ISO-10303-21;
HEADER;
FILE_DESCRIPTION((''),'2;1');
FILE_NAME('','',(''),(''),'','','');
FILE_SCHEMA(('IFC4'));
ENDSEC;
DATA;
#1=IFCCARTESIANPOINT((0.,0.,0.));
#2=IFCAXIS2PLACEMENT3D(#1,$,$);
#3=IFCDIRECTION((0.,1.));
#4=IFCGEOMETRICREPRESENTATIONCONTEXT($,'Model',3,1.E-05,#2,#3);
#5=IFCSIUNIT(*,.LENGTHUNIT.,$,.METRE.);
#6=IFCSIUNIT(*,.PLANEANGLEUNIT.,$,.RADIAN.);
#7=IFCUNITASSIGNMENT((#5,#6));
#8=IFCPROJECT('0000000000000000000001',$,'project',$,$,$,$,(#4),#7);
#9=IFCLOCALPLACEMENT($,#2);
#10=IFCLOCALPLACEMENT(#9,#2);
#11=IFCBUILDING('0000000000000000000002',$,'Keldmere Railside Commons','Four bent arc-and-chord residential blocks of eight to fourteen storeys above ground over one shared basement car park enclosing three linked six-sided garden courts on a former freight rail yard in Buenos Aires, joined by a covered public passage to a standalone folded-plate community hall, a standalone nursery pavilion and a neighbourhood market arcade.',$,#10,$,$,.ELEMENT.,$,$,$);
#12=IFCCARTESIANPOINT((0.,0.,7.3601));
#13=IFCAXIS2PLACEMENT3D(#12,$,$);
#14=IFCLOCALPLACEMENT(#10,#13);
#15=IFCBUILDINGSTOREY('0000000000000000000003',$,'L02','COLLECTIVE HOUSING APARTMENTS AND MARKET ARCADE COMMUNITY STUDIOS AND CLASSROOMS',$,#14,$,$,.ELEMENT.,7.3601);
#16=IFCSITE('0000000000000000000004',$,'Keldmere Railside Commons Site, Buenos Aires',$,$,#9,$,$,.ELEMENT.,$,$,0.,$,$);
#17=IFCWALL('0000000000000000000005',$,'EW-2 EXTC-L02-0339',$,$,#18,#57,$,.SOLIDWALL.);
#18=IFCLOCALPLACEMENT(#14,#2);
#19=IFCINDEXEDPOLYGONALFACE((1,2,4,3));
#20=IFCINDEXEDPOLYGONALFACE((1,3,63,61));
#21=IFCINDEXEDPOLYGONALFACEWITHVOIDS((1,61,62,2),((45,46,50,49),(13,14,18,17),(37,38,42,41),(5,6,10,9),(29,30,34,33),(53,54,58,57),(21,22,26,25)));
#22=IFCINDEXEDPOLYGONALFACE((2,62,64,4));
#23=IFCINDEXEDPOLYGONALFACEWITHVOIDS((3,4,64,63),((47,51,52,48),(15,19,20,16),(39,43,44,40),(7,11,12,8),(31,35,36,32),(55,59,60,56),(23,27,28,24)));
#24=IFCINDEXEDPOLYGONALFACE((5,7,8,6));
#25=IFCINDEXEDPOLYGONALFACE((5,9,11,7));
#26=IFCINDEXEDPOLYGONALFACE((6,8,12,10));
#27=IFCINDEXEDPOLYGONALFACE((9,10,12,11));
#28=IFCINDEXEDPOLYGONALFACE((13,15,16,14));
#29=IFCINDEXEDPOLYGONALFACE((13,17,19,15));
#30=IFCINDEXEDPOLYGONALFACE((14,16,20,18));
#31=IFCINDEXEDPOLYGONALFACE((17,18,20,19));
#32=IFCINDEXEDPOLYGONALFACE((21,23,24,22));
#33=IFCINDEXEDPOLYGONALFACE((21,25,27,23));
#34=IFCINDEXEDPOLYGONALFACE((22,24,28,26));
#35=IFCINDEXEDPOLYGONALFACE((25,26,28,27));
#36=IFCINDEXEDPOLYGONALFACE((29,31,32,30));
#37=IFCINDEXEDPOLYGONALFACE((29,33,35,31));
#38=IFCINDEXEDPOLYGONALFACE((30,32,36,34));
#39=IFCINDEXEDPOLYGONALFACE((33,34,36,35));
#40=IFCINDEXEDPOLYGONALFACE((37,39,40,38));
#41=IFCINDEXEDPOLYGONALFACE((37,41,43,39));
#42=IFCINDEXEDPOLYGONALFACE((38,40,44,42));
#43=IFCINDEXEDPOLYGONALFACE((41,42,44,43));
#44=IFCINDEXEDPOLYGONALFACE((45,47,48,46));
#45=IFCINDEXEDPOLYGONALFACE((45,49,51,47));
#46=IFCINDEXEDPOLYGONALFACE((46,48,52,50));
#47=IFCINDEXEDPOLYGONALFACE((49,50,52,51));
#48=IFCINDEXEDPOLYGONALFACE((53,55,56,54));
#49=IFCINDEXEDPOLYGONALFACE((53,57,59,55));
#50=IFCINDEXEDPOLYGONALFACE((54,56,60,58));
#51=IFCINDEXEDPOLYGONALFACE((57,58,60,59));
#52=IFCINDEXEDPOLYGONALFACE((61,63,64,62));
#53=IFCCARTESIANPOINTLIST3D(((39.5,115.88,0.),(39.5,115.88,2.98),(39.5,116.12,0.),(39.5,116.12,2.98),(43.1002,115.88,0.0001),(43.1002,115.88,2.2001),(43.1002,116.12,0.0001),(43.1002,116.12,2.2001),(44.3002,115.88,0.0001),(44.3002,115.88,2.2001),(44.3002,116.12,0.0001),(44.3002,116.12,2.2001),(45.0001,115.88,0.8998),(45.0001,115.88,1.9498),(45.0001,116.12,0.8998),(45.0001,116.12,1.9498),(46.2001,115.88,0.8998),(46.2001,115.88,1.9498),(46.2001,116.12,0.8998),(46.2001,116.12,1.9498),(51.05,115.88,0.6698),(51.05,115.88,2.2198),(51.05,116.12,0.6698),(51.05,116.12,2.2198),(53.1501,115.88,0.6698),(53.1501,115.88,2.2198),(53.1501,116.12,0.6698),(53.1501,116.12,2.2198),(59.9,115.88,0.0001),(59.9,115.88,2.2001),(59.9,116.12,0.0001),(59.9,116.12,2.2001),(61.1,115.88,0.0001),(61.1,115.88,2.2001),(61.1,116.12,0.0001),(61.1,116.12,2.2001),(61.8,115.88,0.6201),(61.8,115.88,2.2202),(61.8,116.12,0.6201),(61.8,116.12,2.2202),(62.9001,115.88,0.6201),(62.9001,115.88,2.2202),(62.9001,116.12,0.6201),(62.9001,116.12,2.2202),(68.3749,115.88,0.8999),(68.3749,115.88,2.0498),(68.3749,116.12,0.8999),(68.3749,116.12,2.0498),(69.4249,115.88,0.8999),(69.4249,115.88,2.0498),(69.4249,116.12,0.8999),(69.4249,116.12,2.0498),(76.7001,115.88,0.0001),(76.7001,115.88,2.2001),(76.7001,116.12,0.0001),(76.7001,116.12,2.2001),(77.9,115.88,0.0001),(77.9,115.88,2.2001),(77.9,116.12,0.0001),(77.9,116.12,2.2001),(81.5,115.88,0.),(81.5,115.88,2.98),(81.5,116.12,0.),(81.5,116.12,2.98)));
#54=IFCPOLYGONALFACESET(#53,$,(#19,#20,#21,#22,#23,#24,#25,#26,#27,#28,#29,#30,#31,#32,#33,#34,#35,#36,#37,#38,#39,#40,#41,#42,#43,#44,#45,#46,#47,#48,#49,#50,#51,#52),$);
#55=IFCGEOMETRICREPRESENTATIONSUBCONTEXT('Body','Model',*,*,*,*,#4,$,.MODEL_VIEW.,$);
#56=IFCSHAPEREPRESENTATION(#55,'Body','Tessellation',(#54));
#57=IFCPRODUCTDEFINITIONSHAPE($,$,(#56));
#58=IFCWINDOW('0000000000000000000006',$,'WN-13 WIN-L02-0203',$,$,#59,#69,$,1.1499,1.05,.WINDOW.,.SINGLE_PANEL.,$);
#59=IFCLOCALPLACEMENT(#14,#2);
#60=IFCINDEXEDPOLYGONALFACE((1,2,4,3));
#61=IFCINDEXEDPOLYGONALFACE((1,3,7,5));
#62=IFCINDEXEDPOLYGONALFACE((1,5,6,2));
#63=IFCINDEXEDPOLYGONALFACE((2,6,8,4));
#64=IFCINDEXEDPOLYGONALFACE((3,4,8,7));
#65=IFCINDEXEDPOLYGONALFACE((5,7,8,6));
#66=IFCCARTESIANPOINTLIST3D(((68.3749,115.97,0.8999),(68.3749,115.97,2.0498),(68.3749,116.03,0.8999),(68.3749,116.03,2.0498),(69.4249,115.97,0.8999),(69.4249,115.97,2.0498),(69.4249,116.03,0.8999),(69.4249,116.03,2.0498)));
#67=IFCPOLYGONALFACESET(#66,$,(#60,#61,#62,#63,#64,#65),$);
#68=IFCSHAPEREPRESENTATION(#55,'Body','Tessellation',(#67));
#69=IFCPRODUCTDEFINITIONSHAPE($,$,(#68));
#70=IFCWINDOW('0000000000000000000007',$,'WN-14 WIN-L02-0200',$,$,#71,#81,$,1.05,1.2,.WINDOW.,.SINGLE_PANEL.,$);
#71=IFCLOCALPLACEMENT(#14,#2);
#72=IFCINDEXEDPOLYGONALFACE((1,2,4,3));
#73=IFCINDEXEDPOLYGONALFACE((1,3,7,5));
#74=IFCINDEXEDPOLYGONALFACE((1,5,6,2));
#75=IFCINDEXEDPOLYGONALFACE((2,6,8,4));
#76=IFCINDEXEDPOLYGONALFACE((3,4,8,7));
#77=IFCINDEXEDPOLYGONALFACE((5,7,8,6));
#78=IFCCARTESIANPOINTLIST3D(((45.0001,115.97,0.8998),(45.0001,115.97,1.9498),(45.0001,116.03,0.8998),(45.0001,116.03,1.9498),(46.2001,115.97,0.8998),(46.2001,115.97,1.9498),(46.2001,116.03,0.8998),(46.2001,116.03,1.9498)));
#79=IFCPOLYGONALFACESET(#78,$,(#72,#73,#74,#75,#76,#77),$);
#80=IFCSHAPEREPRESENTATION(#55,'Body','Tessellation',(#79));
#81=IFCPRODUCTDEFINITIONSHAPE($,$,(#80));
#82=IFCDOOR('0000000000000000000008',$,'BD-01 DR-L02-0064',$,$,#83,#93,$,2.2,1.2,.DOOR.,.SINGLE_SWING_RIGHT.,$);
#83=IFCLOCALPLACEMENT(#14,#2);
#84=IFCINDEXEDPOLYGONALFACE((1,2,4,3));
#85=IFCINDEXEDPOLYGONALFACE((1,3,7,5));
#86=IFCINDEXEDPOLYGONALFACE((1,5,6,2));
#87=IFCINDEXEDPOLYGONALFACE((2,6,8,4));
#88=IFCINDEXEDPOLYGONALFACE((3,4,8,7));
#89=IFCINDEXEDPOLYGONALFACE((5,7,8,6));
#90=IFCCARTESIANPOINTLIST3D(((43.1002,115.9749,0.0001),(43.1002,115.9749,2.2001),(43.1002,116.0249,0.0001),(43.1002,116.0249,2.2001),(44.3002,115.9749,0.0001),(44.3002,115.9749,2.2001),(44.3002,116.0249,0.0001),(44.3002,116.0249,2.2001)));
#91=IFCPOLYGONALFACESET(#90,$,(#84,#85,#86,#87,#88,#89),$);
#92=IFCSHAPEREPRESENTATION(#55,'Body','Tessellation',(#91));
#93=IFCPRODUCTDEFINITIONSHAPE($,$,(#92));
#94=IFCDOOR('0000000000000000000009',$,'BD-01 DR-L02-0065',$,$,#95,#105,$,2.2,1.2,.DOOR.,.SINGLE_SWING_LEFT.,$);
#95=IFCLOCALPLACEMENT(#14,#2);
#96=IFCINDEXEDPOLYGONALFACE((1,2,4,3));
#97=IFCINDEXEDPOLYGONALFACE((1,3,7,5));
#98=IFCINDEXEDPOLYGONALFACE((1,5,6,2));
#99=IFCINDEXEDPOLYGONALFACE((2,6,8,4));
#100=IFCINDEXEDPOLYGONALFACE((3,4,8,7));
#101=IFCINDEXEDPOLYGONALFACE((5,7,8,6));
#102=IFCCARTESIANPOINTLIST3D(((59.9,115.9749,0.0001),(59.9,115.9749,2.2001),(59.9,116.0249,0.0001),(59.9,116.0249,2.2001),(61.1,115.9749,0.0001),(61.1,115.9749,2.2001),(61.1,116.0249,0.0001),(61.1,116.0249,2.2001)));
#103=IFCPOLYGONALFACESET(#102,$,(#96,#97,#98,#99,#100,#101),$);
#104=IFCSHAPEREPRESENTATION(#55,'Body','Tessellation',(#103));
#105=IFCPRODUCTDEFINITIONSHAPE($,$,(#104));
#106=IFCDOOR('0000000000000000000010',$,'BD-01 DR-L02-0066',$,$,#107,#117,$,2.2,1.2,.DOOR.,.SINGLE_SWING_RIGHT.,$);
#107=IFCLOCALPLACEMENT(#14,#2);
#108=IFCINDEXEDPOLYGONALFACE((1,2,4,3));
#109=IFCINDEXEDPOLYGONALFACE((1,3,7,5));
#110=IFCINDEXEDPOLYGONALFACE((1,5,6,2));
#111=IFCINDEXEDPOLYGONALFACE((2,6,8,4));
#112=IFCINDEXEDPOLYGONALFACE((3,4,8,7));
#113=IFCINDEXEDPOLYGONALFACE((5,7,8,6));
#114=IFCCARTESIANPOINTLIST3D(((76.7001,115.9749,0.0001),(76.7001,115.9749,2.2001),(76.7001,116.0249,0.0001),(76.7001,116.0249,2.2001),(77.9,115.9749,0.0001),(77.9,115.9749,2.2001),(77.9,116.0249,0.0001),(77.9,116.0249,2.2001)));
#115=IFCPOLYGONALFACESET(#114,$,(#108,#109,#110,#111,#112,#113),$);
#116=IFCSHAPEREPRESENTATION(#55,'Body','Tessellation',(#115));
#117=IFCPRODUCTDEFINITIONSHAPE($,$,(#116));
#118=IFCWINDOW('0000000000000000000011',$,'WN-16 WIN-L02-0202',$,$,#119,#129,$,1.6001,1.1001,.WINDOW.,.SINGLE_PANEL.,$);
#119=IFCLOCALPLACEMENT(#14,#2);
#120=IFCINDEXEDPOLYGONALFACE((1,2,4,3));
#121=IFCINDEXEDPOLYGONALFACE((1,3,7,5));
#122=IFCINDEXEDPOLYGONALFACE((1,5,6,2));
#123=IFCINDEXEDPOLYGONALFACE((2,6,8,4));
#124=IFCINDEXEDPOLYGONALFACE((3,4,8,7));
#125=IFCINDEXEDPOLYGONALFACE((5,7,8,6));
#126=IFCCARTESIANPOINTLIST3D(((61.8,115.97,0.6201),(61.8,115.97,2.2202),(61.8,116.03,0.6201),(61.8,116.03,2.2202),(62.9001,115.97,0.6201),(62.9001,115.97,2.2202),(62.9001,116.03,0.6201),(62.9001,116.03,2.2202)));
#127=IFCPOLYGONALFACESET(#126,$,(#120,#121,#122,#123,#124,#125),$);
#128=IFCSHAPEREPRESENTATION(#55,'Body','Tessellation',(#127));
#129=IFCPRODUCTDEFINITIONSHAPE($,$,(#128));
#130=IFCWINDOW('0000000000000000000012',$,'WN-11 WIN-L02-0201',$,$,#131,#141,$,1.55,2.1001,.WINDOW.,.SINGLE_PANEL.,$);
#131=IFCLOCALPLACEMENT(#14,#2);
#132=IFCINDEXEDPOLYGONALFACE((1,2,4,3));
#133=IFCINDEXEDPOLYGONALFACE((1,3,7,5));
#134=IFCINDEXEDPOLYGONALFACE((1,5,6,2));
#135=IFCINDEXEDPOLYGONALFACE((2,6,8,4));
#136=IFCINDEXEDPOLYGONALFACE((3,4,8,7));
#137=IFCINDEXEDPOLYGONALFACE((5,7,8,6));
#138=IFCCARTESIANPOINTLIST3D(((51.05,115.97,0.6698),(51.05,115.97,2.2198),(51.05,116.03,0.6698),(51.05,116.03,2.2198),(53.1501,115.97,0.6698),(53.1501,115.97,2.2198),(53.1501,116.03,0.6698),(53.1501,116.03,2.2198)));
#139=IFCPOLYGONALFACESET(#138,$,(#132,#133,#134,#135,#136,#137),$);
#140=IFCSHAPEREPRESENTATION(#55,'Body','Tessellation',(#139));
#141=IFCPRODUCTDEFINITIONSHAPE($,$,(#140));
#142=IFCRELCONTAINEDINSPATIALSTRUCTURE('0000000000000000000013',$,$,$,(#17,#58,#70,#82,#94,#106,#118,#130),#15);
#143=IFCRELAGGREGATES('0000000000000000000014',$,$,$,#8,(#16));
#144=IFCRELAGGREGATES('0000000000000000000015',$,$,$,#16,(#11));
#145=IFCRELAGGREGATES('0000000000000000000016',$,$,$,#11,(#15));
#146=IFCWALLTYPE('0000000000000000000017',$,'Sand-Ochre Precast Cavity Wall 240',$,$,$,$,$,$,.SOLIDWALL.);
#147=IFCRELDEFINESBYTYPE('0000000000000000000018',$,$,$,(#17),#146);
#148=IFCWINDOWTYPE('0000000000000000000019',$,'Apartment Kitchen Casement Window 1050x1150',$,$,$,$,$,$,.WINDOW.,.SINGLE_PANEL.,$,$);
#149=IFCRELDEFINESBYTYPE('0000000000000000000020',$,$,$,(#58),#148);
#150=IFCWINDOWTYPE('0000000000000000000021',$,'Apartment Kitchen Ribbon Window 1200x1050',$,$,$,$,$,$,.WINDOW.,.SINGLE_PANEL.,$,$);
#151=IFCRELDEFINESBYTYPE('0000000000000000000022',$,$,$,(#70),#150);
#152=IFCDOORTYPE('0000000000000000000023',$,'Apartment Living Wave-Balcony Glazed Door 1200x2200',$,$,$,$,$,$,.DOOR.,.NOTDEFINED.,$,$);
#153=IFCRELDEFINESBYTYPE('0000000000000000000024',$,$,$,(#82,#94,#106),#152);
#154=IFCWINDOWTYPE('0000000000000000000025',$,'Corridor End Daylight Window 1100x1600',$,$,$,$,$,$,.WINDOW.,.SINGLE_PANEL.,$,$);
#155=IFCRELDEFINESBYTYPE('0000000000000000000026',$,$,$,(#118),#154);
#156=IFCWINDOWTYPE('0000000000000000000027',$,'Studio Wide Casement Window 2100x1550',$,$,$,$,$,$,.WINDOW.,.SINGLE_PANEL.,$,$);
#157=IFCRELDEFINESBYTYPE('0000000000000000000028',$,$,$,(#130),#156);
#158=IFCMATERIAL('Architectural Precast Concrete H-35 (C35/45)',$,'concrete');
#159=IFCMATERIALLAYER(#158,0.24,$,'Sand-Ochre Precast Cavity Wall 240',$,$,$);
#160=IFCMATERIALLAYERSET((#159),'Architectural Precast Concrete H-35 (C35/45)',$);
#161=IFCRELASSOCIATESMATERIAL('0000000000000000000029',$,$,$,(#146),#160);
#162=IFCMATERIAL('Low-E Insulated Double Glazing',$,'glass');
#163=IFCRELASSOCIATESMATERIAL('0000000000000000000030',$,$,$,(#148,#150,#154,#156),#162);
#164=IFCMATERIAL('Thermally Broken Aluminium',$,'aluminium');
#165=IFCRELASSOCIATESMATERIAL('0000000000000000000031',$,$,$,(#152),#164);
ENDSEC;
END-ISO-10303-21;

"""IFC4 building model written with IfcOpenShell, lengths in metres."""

from ifc_helpers import new_model, si_unit, direction, frame, frame_2d, origin, place, context, subcontext, project, spatial, rectangle, extrude, material, layer, layer_set, type_object, element, fill, save


model = new_model("IFC4")

# Units and contexts
model_context = context("Model", 3, precision=1e-05, world=origin(), true_north=direction((0.0, 1.0)))
body_context = subcontext(model_context, "Body", "Model", "MODEL_VIEW")
ifc_project = project(units=[si_unit("LENGTHUNIT", "METRE"), si_unit("PLANEANGLEUNIT", "RADIAN")], contexts=[model_context])

# Site, building, storey
site_placement = place(None, origin())
site = spatial("IfcSite", under=ifc_project, at=site_placement, Name="Keldmere Railside Commons Site, Buenos Aires", CompositionType="ELEMENT", RefElevation=0.0)
building_placement = place(site_placement, origin())
building = spatial("IfcBuilding", under=site, at=building_placement, Name="Keldmere Railside Commons", Description="Four bent arc-and-chord residential blocks of eight to fourteen storeys above ground over one shared basement car park enclosing three linked six-sided garden courts on a former freight rail yard in Buenos Aires, joined by a covered public passage to a standalone folded-plate community hall, a standalone nursery pavilion and a neighbourhood market arcade.", CompositionType="ELEMENT")
storey_placement = place(building_placement, frame((0.0, 0.0, 7.3601)))
storey = spatial("IfcBuildingStorey", under=building, at=storey_placement, Name="L02", Description="COLLECTIVE HOUSING APARTMENTS AND MARKET ARCADE COMMUNITY STUDIOS AND CLASSROOMS", CompositionType="ELEMENT", Elevation=7.3601)

# Shared definitions
ifc_material_1 = material(Name="Architectural Precast Concrete H-35 (C35/45)", Category="concrete")

# Wall, openings, windows, doors
ifc_layer_1 = layer(ifc_material_1, 0.24, Name="Sand-Ochre Precast Cavity Wall 240")
ifc_layer_set_1 = layer_set([ifc_layer_1], Name="Architectural Precast Concrete H-35 (C35/45)")
wall_type_1 = type_object("IfcWallType", Name="Sand-Ochre Precast Cavity Wall 240", PredefinedType="SOLIDWALL", material=ifc_layer_set_1)
wall_1_placement = place(storey_placement, frame((39.5, 116.0, 0.0), z_axis=(0.0, 0.0, 1.0), x_axis=(1.0, 0.0, 0.0)))
wall_1 = element("IfcWall", 1, at=wall_1_placement, inside=storey, type_object=wall_type_1, Name="EW-2 EXTC-L02-0339", PredefinedType="SOLIDWALL", context=body_context, shape_type="SweptSolid", body=[
    extrude(rectangle(XDim=42.0, YDim=0.24, at=frame_2d((21.0, 0.0))), origin(), (0.0, 0.0, 1.0), 2.98),
])
opening_1_placement = place(wall_1_placement, frame((3.6001, 0.0, 0.0)))
opening_1 = element("IfcOpeningElement", 2, at=opening_1_placement, cuts=wall_1, PredefinedType="OPENING", context=body_context, shape_type="SweptSolid", body=[
    extrude(rectangle(XDim=1.2, YDim=2.2, at=frame_2d((0.6001, 1.1001))), frame((0.0, 0.1299, 0.0), z_axis=(0.0, -1.0, 0.0), x_axis=(1.0, 0.0, 0.0)), (0.0, 0.0, 1.0), 0.26),
])
opening_2_placement = place(wall_1_placement, frame((5.5, 0.0, 0.8999)))
opening_2 = element("IfcOpeningElement", 3, at=opening_2_placement, cuts=wall_1, PredefinedType="OPENING", context=body_context, shape_type="SweptSolid", body=[
    extrude(rectangle(XDim=1.2, YDim=1.05, at=frame_2d((0.6001, 0.5249))), frame((0.0, 0.1299, 0.0), z_axis=(0.0, -1.0, 0.0), x_axis=(1.0, 0.0, 0.0)), (0.0, 0.0, 1.0), 0.26),
])
opening_3_placement = place(wall_1_placement, frame((11.55, 0.0, 0.6699)))
opening_3 = element("IfcOpeningElement", 4, at=opening_3_placement, cuts=wall_1, PredefinedType="OPENING", context=body_context, shape_type="SweptSolid", body=[
    extrude(rectangle(XDim=2.1001, YDim=1.55, at=frame_2d((1.05, 0.7749))), frame((0.0, 0.1299, 0.0), z_axis=(0.0, -1.0, 0.0), x_axis=(1.0, 0.0, 0.0)), (0.0, 0.0, 1.0), 0.26),
])
opening_4_placement = place(wall_1_placement, frame((20.3999, 0.0, 0.0)))
opening_4 = element("IfcOpeningElement", 5, at=opening_4_placement, cuts=wall_1, PredefinedType="OPENING", context=body_context, shape_type="SweptSolid", body=[
    extrude(rectangle(XDim=1.2, YDim=2.2, at=frame_2d((0.6001, 1.1001))), frame((0.0, 0.1299, 0.0), z_axis=(0.0, -1.0, 0.0), x_axis=(1.0, 0.0, 0.0)), (0.0, 0.0, 1.0), 0.26),
])
opening_5_placement = place(wall_1_placement, frame((22.3, 0.0, 0.6201)))
opening_5 = element("IfcOpeningElement", 6, at=opening_5_placement, cuts=wall_1, PredefinedType="OPENING", context=body_context, shape_type="SweptSolid", body=[
    extrude(rectangle(XDim=1.1001, YDim=1.6001, at=frame_2d((0.55, 0.8))), frame((0.0, 0.1299, 0.0), z_axis=(0.0, -1.0, 0.0), x_axis=(1.0, 0.0, 0.0)), (0.0, 0.0, 1.0), 0.26),
])
opening_6_placement = place(wall_1_placement, frame((28.875, 0.0, 0.8999)))
opening_6 = element("IfcOpeningElement", 7, at=opening_6_placement, cuts=wall_1, PredefinedType="OPENING", context=body_context, shape_type="SweptSolid", body=[
    extrude(rectangle(XDim=1.05, YDim=1.1499, at=frame_2d((0.5249, 0.575))), frame((0.0, 0.1299, 0.0), z_axis=(0.0, -1.0, 0.0), x_axis=(1.0, 0.0, 0.0)), (0.0, 0.0, 1.0), 0.26),
])
opening_7_placement = place(wall_1_placement, frame((37.2, 0.0, 0.0)))
opening_7 = element("IfcOpeningElement", 8, at=opening_7_placement, cuts=wall_1, PredefinedType="OPENING", context=body_context, shape_type="SweptSolid", body=[
    extrude(rectangle(XDim=1.2, YDim=2.2, at=frame_2d((0.6001, 1.1001))), frame((0.0, 0.1299, 0.0), z_axis=(0.0, -1.0, 0.0), x_axis=(1.0, 0.0, 0.0)), (0.0, 0.0, 1.0), 0.26),
])
ifc_material_2 = material(Name="Low-E Insulated Double Glazing", Category="glass")
window_type_1 = type_object("IfcWindowType", Name="Apartment Kitchen Casement Window 1050x1150", PartitioningType="SINGLE_PANEL", PredefinedType="WINDOW", material=ifc_material_2)
window_1_placement = place(opening_6_placement, origin())
window_1 = element("IfcWindow", 9, at=window_1_placement, inside=storey, type_object=window_type_1, Name="WN-13 WIN-L02-0203", OverallHeight=1.1499, OverallWidth=1.05, PartitioningType="SINGLE_PANEL", PredefinedType="WINDOW", context=body_context, shape_type="SweptSolid", body=[
    extrude(rectangle(XDim=1.05, YDim=1.1499, at=frame_2d((0.5249, 0.575))), frame((0.0, 0.03, 0.0), z_axis=(0.0, -1.0, 0.0), x_axis=(1.0, 0.0, 0.0)), (0.0, 0.0, 1.0), 0.0601),
])
fill(opening_6, window_1)
window_type_2 = type_object("IfcWindowType", Name="Apartment Kitchen Ribbon Window 1200x1050", PartitioningType="SINGLE_PANEL", PredefinedType="WINDOW", material=ifc_material_2)
window_2_placement = place(opening_2_placement, origin())
window_2 = element("IfcWindow", 10, at=window_2_placement, inside=storey, type_object=window_type_2, Name="WN-14 WIN-L02-0200", OverallHeight=1.05, OverallWidth=1.2, PartitioningType="SINGLE_PANEL", PredefinedType="WINDOW", context=body_context, shape_type="SweptSolid", body=[
    extrude(rectangle(XDim=1.2, YDim=1.05, at=frame_2d((0.6001, 0.5249))), frame((0.0, 0.03, 0.0), z_axis=(0.0, -1.0, 0.0), x_axis=(1.0, 0.0, 0.0)), (0.0, 0.0, 1.0), 0.0601),
])
fill(opening_2, window_2)
ifc_material_3 = material(Name="Thermally Broken Aluminium", Category="aluminium")
door_type_1 = type_object("IfcDoorType", Name="Apartment Living Wave-Balcony Glazed Door 1200x2200", OperationType="NOTDEFINED", PredefinedType="DOOR", material=ifc_material_3)
door_1_placement = place(opening_1_placement, origin())
door_1 = element("IfcDoor", 11, at=door_1_placement, inside=storey, type_object=door_type_1, Name="BD-01 DR-L02-0064", OperationType="SINGLE_SWING_RIGHT", OverallHeight=2.2, OverallWidth=1.2, PredefinedType="DOOR", context=body_context, shape_type="SweptSolid", body=[
    extrude(rectangle(XDim=1.2, YDim=2.2, at=frame_2d((0.6001, 1.1001))), frame((0.0, 0.0249, 0.0), z_axis=(0.0, -1.0, 0.0), x_axis=(1.0, 0.0, 0.0)), (0.0, 0.0, 1.0), 0.05),
])
fill(opening_1, door_1)
door_2_placement = place(opening_4_placement, origin())
door_2 = element("IfcDoor", 12, at=door_2_placement, inside=storey, type_object=door_type_1, Name="BD-01 DR-L02-0065", OperationType="SINGLE_SWING_LEFT", OverallHeight=2.2, OverallWidth=1.2, PredefinedType="DOOR", context=body_context, shape_type="SweptSolid", body=[
    extrude(rectangle(XDim=1.2, YDim=2.2, at=frame_2d((0.6001, 1.1001))), frame((0.0, 0.0249, 0.0), z_axis=(0.0, -1.0, 0.0), x_axis=(1.0, 0.0, 0.0)), (0.0, 0.0, 1.0), 0.05),
])
fill(opening_4, door_2)
door_3_placement = place(opening_7_placement, origin())
door_3 = element("IfcDoor", 13, at=door_3_placement, inside=storey, type_object=door_type_1, Name="BD-01 DR-L02-0066", OperationType="SINGLE_SWING_RIGHT", OverallHeight=2.2, OverallWidth=1.2, PredefinedType="DOOR", context=body_context, shape_type="SweptSolid", body=[
    extrude(rectangle(XDim=1.2, YDim=2.2, at=frame_2d((0.6001, 1.1001))), frame((0.0, 0.0249, 0.0), z_axis=(0.0, -1.0, 0.0), x_axis=(1.0, 0.0, 0.0)), (0.0, 0.0, 1.0), 0.05),
])
fill(opening_7, door_3)
window_type_3 = type_object("IfcWindowType", Name="Corridor End Daylight Window 1100x1600", PartitioningType="SINGLE_PANEL", PredefinedType="WINDOW", material=ifc_material_2)
window_3_placement = place(opening_5_placement, origin())
window_3 = element("IfcWindow", 14, at=window_3_placement, inside=storey, type_object=window_type_3, Name="WN-16 WIN-L02-0202", OverallHeight=1.6001, OverallWidth=1.1001, PartitioningType="SINGLE_PANEL", PredefinedType="WINDOW", context=body_context, shape_type="SweptSolid", body=[
    extrude(rectangle(XDim=1.1001, YDim=1.6001, at=frame_2d((0.55, 0.8))), frame((0.0, 0.03, 0.0), z_axis=(0.0, -1.0, 0.0), x_axis=(1.0, 0.0, 0.0)), (0.0, 0.0, 1.0), 0.0601),
])
fill(opening_5, window_3)
window_type_4 = type_object("IfcWindowType", Name="Studio Wide Casement Window 2100x1550", PartitioningType="SINGLE_PANEL", PredefinedType="WINDOW", material=ifc_material_2)
window_4_placement = place(opening_3_placement, origin())
window_4 = element("IfcWindow", 15, at=window_4_placement, inside=storey, type_object=window_type_4, Name="WN-11 WIN-L02-0201", OverallHeight=1.55, OverallWidth=2.1001, PartitioningType="SINGLE_PANEL", PredefinedType="WINDOW", context=body_context, shape_type="SweptSolid", body=[
    extrude(rectangle(XDim=2.1001, YDim=1.55, at=frame_2d((1.05, 0.7749))), frame((0.0, 0.03, 0.0), z_axis=(0.0, -1.0, 0.0), x_axis=(1.0, 0.0, 0.0)), (0.0, 0.0, 1.0), 0.0601),
])
fill(opening_3, window_4)

save(model, "model.ifc")
